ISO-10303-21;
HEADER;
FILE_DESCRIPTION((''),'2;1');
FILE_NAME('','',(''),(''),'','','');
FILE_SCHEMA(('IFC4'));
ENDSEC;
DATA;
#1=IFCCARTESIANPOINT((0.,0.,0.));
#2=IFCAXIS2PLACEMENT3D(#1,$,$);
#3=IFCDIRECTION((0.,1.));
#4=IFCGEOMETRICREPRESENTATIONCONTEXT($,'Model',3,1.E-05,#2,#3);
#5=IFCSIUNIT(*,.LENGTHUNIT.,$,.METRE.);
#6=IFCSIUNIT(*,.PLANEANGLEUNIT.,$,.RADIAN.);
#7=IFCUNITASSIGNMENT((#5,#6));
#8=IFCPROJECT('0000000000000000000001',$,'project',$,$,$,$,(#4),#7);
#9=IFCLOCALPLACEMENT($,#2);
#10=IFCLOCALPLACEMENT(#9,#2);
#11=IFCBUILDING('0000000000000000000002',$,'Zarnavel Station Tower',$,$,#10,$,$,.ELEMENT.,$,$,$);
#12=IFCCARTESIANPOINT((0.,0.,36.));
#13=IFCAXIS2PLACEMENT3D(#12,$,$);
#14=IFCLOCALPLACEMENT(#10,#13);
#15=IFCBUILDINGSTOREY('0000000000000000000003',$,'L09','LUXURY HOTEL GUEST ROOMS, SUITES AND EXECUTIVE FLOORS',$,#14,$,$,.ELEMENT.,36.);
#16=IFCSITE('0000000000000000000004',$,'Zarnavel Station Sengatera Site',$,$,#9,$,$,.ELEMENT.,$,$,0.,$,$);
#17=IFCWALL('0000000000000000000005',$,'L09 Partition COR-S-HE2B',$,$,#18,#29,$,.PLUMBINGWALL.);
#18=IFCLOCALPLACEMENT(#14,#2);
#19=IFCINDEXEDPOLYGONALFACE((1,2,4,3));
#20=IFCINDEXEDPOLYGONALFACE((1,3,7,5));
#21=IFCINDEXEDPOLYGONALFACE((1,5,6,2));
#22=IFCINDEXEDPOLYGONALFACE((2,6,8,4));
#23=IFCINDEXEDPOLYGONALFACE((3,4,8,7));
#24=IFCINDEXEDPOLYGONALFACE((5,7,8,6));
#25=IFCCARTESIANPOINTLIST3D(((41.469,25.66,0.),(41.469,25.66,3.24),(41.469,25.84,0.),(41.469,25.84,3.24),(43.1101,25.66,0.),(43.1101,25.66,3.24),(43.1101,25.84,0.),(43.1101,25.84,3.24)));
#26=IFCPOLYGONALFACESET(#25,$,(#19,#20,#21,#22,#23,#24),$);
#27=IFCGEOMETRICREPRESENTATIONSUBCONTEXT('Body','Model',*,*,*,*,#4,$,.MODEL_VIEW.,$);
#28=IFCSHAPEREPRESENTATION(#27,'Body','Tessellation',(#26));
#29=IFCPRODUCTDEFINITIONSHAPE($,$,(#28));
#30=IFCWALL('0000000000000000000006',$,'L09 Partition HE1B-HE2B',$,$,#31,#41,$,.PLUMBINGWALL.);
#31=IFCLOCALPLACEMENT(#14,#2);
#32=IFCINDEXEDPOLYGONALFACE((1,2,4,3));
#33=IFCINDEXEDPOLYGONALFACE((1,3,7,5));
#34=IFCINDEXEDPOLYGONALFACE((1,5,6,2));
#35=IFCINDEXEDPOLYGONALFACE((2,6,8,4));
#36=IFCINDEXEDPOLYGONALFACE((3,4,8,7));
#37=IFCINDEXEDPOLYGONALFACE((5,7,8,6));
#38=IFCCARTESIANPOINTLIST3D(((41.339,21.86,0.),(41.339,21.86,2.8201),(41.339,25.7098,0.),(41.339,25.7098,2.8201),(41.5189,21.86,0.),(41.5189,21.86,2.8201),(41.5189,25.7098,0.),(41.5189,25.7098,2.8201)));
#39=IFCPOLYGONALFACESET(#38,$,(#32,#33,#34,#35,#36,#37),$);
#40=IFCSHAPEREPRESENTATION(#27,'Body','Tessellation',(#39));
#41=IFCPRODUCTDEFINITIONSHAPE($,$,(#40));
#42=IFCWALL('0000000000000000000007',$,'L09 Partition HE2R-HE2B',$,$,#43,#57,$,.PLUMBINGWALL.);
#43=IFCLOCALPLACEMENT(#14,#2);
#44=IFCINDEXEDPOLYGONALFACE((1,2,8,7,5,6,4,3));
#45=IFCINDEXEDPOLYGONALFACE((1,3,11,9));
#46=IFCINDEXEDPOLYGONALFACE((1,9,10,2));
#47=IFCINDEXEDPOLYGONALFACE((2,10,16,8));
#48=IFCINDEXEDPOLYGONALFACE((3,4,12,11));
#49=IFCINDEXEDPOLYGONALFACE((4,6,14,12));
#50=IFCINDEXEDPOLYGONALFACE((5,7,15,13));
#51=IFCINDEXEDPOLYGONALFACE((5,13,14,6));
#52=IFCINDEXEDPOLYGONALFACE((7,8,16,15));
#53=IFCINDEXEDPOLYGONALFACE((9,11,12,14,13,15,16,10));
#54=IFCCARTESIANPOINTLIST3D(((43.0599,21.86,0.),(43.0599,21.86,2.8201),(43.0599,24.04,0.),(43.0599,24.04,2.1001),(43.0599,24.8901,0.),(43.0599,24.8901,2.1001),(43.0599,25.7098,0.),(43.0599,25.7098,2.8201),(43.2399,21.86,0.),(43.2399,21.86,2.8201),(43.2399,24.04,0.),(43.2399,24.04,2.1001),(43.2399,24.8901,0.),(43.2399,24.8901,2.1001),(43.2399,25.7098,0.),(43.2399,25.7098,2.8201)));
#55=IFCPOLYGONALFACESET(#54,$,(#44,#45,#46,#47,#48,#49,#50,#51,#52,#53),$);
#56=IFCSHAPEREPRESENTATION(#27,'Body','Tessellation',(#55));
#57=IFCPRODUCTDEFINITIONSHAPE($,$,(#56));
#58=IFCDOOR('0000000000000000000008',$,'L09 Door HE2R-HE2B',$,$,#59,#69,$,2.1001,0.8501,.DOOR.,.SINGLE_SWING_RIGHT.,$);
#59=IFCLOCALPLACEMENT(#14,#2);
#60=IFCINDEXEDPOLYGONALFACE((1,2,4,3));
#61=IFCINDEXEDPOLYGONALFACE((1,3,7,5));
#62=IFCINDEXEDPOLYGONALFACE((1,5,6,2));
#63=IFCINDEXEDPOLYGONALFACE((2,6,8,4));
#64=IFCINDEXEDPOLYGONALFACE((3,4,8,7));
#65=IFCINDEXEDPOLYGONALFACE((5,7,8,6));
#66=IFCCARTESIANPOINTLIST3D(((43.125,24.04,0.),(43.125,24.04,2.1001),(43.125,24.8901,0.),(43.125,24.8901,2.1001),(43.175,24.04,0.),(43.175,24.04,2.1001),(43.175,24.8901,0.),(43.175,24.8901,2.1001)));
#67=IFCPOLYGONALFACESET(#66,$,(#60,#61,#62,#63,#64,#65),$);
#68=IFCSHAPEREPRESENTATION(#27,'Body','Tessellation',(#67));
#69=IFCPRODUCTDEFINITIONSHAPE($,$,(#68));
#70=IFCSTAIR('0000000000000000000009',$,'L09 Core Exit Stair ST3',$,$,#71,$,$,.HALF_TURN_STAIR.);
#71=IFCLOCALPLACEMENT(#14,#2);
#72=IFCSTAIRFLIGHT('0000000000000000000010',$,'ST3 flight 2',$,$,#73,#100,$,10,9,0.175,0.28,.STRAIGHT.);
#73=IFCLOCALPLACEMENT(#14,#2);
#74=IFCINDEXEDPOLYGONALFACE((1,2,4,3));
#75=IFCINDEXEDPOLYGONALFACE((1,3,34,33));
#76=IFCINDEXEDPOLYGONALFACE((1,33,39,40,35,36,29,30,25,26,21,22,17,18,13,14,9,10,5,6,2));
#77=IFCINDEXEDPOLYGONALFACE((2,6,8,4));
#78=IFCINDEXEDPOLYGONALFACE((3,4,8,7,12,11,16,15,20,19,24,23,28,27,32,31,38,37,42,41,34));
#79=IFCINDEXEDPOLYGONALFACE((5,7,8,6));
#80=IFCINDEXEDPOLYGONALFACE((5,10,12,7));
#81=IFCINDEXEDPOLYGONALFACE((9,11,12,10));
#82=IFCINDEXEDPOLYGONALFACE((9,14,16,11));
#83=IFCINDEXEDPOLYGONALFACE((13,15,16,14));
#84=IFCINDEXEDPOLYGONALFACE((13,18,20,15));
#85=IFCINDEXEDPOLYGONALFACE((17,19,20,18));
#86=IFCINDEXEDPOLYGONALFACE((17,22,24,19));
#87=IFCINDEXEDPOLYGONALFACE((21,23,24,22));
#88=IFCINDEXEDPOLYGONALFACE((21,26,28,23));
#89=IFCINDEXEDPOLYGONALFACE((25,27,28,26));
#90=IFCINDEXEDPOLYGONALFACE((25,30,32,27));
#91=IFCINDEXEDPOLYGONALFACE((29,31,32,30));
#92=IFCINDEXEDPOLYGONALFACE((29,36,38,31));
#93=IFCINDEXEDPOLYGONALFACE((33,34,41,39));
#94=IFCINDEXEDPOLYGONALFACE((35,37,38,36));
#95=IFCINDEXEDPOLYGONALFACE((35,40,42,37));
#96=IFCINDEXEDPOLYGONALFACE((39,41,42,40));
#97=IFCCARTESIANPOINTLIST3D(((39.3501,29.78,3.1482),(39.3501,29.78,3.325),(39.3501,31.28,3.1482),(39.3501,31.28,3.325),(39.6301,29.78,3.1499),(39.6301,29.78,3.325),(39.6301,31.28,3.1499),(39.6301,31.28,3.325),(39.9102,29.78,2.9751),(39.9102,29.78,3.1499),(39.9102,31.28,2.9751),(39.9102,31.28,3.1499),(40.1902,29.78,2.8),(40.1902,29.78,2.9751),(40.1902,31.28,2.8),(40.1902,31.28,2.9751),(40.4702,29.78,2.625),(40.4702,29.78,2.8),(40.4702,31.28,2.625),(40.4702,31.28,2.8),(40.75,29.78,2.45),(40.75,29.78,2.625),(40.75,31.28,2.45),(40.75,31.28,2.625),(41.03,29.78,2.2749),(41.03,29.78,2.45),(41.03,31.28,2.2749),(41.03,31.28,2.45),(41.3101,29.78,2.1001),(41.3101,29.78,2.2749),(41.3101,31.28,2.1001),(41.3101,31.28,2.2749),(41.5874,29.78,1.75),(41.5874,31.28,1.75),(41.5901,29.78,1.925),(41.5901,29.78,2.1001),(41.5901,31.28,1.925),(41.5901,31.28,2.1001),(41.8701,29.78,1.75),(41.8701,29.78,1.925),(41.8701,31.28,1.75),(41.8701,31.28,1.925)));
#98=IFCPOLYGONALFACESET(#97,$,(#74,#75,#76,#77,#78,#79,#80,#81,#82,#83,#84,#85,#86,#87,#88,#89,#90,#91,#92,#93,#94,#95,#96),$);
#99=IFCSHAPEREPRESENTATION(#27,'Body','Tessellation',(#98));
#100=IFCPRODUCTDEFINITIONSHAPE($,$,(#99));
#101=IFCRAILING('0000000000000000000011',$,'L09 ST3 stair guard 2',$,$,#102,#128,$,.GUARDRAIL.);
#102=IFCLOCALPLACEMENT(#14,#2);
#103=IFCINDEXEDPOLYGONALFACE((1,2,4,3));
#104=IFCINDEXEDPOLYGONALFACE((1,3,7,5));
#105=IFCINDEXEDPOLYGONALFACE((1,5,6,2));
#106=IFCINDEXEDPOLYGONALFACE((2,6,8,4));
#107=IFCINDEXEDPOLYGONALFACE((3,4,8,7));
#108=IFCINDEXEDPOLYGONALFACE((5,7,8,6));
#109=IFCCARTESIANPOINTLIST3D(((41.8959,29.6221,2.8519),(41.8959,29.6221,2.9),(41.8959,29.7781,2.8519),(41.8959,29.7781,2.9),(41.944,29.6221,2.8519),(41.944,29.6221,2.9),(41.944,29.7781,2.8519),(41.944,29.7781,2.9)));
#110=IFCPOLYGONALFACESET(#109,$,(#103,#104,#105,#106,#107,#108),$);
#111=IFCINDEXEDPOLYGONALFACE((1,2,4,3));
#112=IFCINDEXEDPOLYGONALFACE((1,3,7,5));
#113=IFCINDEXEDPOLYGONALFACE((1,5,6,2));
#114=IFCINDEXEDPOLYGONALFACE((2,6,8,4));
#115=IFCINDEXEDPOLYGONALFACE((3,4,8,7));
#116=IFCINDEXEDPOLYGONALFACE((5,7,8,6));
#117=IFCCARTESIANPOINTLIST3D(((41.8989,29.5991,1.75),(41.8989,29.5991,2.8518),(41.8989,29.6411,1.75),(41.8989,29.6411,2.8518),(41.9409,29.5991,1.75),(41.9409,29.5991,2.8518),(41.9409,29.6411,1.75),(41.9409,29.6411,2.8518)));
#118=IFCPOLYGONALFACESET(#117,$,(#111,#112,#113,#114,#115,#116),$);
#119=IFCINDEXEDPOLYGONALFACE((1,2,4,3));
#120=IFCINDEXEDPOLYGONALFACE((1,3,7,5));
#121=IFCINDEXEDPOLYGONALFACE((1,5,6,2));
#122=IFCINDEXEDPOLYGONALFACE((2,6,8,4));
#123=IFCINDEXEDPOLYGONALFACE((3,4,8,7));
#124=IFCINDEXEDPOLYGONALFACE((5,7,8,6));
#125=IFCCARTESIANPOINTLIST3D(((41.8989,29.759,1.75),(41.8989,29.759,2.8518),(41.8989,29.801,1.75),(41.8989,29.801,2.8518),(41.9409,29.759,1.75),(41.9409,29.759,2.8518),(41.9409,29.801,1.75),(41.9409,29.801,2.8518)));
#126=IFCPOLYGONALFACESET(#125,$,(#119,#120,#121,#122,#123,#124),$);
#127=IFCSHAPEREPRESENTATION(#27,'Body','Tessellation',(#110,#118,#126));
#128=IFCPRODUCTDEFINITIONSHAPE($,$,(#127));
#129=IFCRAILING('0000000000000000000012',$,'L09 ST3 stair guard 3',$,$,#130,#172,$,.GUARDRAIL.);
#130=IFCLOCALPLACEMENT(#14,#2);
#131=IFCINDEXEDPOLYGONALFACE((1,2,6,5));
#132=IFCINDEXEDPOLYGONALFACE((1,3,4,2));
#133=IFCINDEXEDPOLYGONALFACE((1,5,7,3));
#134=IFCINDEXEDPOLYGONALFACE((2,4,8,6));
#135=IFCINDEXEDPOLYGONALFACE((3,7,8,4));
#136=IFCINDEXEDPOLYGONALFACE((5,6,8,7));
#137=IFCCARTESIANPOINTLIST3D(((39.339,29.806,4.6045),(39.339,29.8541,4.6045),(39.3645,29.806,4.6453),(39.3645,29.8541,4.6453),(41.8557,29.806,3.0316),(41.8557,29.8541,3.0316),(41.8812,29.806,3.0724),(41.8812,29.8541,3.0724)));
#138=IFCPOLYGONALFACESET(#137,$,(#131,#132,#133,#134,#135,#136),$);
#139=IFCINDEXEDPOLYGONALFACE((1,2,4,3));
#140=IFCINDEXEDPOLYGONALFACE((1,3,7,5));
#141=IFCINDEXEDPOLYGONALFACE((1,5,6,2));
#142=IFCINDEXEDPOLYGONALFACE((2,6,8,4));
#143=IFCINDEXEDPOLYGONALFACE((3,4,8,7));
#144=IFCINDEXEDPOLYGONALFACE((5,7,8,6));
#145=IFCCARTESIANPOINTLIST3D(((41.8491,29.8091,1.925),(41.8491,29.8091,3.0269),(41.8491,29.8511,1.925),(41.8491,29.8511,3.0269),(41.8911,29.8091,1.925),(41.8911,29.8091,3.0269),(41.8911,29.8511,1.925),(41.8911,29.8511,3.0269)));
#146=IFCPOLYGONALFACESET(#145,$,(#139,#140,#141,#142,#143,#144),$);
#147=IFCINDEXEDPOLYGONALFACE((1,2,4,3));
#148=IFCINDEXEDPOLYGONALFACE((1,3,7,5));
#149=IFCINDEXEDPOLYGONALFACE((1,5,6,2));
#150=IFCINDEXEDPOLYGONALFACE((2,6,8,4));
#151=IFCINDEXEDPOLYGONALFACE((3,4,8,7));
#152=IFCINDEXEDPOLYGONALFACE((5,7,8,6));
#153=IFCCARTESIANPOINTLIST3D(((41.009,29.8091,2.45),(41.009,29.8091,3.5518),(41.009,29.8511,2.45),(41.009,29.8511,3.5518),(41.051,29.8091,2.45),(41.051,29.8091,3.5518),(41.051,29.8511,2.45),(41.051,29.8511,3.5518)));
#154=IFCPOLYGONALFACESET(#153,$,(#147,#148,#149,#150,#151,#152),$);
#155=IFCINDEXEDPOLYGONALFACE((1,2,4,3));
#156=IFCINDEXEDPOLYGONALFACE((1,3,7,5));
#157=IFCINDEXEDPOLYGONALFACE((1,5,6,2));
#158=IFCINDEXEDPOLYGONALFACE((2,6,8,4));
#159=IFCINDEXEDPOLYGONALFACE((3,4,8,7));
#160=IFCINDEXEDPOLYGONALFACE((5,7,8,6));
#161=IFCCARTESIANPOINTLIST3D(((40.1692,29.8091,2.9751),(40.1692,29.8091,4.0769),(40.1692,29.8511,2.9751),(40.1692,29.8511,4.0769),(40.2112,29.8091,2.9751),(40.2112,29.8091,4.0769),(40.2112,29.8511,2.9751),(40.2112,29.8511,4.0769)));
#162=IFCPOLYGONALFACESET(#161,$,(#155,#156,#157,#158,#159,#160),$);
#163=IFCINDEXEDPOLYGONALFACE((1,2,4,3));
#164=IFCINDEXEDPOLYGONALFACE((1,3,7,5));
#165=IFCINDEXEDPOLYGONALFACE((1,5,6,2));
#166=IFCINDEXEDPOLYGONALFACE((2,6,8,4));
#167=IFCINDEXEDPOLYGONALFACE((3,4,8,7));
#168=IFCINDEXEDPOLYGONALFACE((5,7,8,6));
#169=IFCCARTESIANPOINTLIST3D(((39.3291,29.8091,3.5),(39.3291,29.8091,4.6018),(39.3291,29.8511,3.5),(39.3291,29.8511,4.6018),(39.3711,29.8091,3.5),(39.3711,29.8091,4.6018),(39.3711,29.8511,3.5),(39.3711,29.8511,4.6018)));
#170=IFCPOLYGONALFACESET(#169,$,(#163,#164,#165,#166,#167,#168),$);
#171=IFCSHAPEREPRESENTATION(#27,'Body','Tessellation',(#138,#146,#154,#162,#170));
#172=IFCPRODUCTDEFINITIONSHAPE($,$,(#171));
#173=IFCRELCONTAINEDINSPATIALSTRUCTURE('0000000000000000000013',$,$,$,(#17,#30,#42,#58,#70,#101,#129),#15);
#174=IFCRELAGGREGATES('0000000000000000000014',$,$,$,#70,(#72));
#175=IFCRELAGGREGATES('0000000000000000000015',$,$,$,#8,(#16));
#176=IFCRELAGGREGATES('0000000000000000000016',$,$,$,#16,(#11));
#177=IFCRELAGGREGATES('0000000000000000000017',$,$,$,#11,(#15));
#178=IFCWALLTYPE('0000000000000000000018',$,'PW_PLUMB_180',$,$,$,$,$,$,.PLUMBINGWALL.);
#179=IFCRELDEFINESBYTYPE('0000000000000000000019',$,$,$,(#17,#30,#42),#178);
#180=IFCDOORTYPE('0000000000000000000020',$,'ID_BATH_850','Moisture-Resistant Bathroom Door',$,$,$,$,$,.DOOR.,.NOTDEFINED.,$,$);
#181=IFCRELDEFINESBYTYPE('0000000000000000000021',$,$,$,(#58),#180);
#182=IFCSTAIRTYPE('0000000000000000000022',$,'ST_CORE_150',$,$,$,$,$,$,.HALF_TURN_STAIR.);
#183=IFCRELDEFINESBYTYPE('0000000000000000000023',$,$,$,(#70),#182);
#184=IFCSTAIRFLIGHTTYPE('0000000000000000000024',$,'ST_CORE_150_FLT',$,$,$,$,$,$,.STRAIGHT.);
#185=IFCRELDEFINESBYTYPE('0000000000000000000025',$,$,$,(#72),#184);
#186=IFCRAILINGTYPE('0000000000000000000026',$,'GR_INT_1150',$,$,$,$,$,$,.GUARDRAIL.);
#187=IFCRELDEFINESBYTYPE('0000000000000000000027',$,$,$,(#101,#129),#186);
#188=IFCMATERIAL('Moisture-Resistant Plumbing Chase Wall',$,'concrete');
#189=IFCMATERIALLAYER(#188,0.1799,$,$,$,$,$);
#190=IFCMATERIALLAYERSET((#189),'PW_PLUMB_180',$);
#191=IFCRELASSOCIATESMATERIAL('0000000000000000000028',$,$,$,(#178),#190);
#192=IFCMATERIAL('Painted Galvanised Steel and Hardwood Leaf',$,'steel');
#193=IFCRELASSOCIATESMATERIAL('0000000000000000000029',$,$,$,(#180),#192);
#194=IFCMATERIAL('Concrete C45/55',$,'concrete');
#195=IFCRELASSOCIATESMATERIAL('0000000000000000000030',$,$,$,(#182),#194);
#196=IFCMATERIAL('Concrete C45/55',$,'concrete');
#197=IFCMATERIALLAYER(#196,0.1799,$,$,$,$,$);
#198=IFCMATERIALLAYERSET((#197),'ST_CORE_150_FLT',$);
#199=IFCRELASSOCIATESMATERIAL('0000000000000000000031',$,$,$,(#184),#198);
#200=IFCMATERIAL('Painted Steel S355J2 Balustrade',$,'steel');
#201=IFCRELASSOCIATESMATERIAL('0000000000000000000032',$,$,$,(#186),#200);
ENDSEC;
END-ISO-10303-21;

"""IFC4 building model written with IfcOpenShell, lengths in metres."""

from ifc_helpers import new_model, si_unit, direction, frame, frame_2d, origin, origin_2d, place, context, subcontext, project, spatial, polyline, rectangle, outline, extrude, material, layer, layer_set, type_object, element, fill, aggregate, save


model = new_model("IFC4")

# Units and contexts
model_context = context("Model", 3, precision=1e-05, world=origin(), true_north=direction((0.0, 1.0)))
body_context = subcontext(model_context, "Body", "Model", "MODEL_VIEW")
ifc_project = project(units=[si_unit("LENGTHUNIT", "METRE"), si_unit("PLANEANGLEUNIT", "RADIAN")], contexts=[model_context])

# Site, building, storey
site_placement = place(None, origin())
site = spatial("IfcSite", under=ifc_project, at=site_placement, Name="Zarnavel Station Sengatera Site", CompositionType="ELEMENT", RefElevation=0.0)
building_placement = place(site_placement, origin())
building = spatial("IfcBuilding", under=site, at=building_placement, Name="Zarnavel Station Tower", CompositionType="ELEMENT")
storey_placement = place(building_placement, frame((0.0, 0.0, 36.0)))
storey = spatial("IfcBuildingStorey", under=building, at=storey_placement, Name="L09", Description="LUXURY HOTEL GUEST ROOMS, SUITES AND EXECUTIVE FLOORS", CompositionType="ELEMENT", Elevation=36.0)

# Walls
ifc_material_1 = material(Name="Moisture-Resistant Plumbing Chase Wall", Category="concrete")
ifc_layer_1 = layer(ifc_material_1, 0.1799)
ifc_layer_set_1 = layer_set([ifc_layer_1], Name="PW_PLUMB_180")
wall_type_1 = type_object("IfcWallType", Name="PW_PLUMB_180", PredefinedType="PLUMBINGWALL", material=ifc_layer_set_1)
wall_1_placement = place(storey_placement, frame((41.469, 25.75, 0.0), z_axis=(0.0, 0.0, 1.0), x_axis=(1.0, 0.0, 0.0)))
element("IfcWall", 1, at=wall_1_placement, inside=storey, type_object=wall_type_1, Name="L09 Partition COR-S-HE2B", PredefinedType="PLUMBINGWALL", context=body_context, shape_type="SweptSolid", body=[
    extrude(rectangle(XDim=1.6411, YDim=0.1799, at=frame_2d((0.8206, 0.0))), origin(), (0.0, 0.0, 1.0), 3.24),
])
wall_2_placement = place(storey_placement, frame((41.429, 21.8601, 0.0), z_axis=(0.0, 0.0, 1.0), x_axis=(0.0, 1.0, 0.0)))
element("IfcWall", 2, at=wall_2_placement, inside=storey, type_object=wall_type_1, Name="L09 Partition HE1B-HE2B", PredefinedType="PLUMBINGWALL", context=body_context, shape_type="SweptSolid", body=[
    extrude(rectangle(XDim=3.8499, YDim=0.1799, at=frame_2d((1.9248, 0.0))), origin(), (0.0, 0.0, 1.0), 2.8201),
])

# Wall, opening, door
wall_3_placement = place(storey_placement, frame((43.1499, 21.8601, 0.0), z_axis=(0.0, 0.0, 1.0), x_axis=(0.0, 1.0, 0.0)))
wall_3 = element("IfcWall", 3, at=wall_3_placement, inside=storey, type_object=wall_type_1, Name="L09 Partition HE2R-HE2B", PredefinedType="PLUMBINGWALL", context=body_context, shape_type="SweptSolid", body=[
    extrude(rectangle(XDim=3.8499, YDim=0.1799, at=frame_2d((1.9248, 0.0))), origin(), (0.0, 0.0, 1.0), 2.8201),
])
opening_1_placement = place(wall_3_placement, frame((2.1799, 0.0, 0.0)))
opening_1 = element("IfcOpeningElement", 4, at=opening_1_placement, cuts=wall_3, PredefinedType="OPENING", context=body_context, shape_type="SweptSolid", body=[
    extrude(rectangle(XDim=0.8501, YDim=2.1001, at=frame_2d((0.425, 1.05))), frame((0.0, 0.0999, 0.0), z_axis=(0.0, -1.0, 0.0), x_axis=(1.0, 0.0, 0.0)), (0.0, 0.0, 1.0), 0.2),
])
ifc_material_2 = material(Name="Painted Galvanised Steel and Hardwood Leaf", Category="steel")
door_type_1 = type_object("IfcDoorType", Name="ID_BATH_850", Description="Moisture-Resistant Bathroom Door", OperationType="NOTDEFINED", PredefinedType="DOOR", material=ifc_material_2)
door_1_placement = place(opening_1_placement, origin())
door_1 = element("IfcDoor", 5, at=door_1_placement, inside=storey, type_object=door_type_1, Name="L09 Door HE2R-HE2B", OperationType="SINGLE_SWING_RIGHT", OverallHeight=2.1001, OverallWidth=0.8501, PredefinedType="DOOR", context=body_context, shape_type="SweptSolid", body=[
    extrude(rectangle(XDim=0.8501, YDim=2.1001, at=frame_2d((0.425, 1.05))), frame((0.0, 0.0249, 0.0), z_axis=(0.0, -1.0, 0.0), x_axis=(1.0, 0.0, 0.0)), (0.0, 0.0, 1.0), 0.05),
])
fill(opening_1, door_1)

# Stair, stair flight
ifc_material_3 = material(Name="Concrete C45/55", Category="concrete")
stair_type = type_object("IfcStairType", Name="ST_CORE_150", PredefinedType="HALF_TURN_STAIR", material=ifc_material_3)
stair_placement = place(storey_placement, origin())
stair = element("IfcStair", 6, at=stair_placement, inside=storey, type_object=stair_type, Name="L09 Core Exit Stair ST3", PredefinedType="HALF_TURN_STAIR")
ifc_material_4 = material(Name="Concrete C45/55", Category="concrete")
ifc_layer_2 = layer(ifc_material_4, 0.1799)
ifc_layer_set_2 = layer_set([ifc_layer_2], Name="ST_CORE_150_FLT")
stair_flight_type = type_object("IfcStairFlightType", Name="ST_CORE_150_FLT", PredefinedType="STRAIGHT", material=ifc_layer_set_2)
stair_flight_placement = place(storey_placement, frame((41.8701, 30.53, 1.75), z_axis=(0.0, 0.0, 1.0), x_axis=(-1.0, 0.0, 0.0)))
stair_flight = element("IfcStairFlight", 7, at=stair_flight_placement, type_object=stair_flight_type, Name="ST3 flight 2", NumberOfRisers=10, NumberOfTreads=9, PredefinedType="STRAIGHT", RiserHeight=0.175, TreadLength=0.28, context=body_context, shape_type="SweptSolid", body=[
    extrude(outline(polyline([(0.0, 0.0), (0.0, 0.175), (0.28, 0.175), (0.28, 0.3501), (0.5601, 0.3501), (0.5601, 0.5249), (0.8401, 0.5249), (0.8401, 0.7), (1.1201, 0.7), (1.1201, 0.875), (1.3999, 0.875), (1.3999, 1.05), (1.6799, 1.05), (1.6799, 1.2251), (1.96, 1.2251), (1.96, 1.3999), (2.24, 1.3999), (2.24, 1.575), (2.52, 1.575), (2.52, 1.75), (2.52, 1.3982), (0.2827, 0.0), (0.0, 0.0)])), frame((0.0, 0.75, 0.0), z_axis=(0.0, -1.0, 0.0), x_axis=(1.0, 0.0, 0.0)), (0.0, 0.0, 1.0), 1.5),
])
aggregate(stair, [stair_flight])

# Railings
ifc_material_5 = material(Name="Painted Steel S355J2 Balustrade", Category="steel")
railing_type_1 = type_object("IfcRailingType", Name="GR_INT_1150", PredefinedType="GUARDRAIL", material=ifc_material_5)
railing_1_placement = place(storey_placement, frame((41.9199, 29.6201, 1.75)))
element("IfcRailing", 8, at=railing_1_placement, inside=storey, type_object=railing_type_1, Name="L09 ST3 stair guard 2", PredefinedType="GUARDRAIL", context=body_context, shape_type="SweptSolid", body=[
    extrude(rectangle(XDim=0.0481, YDim=0.0481, at=origin_2d()), frame((0.0, 0.002, 1.126), z_axis=(0.0, 1.0, 0.0), x_axis=(-1.0, 0.0, 0.0)), (0.0, 0.0, 1.0), 0.156),
    extrude(rectangle(XDim=0.042, YDim=0.042, at=origin_2d()), origin(), (0.0, 0.0, 1.0), 1.1018),
    extrude(rectangle(XDim=0.042, YDim=0.042, at=origin_2d()), frame((0.0, 0.1599, 0.0)), (0.0, 0.0, 1.0), 1.1018),
])
railing_2_placement = place(storey_placement, frame((41.8701, 29.8301, 1.925)))
element("IfcRailing", 9, at=railing_2_placement, inside=storey, type_object=railing_type_1, Name="L09 ST3 stair guard 3", PredefinedType="GUARDRAIL", context=body_context, shape_type="SweptSolid", body=[
    extrude(rectangle(XDim=0.0481, YDim=0.0481, at=origin_2d()), frame((-0.0017, 0.0, 1.127), z_axis=(-0.848008, 0.0, 0.529984), x_axis=(0.0, -1.0, 0.0)), (0.0, 0.0, 1.0), 2.9678),
    extrude(rectangle(XDim=0.042, YDim=0.042, at=origin_2d()), origin(), (0.0, 0.0, 1.0), 1.1018),
    extrude(rectangle(XDim=0.042, YDim=0.042, at=origin_2d()), frame((-0.8401, 0.0, 0.5249)), (0.0, 0.0, 1.0), 1.1018),
    extrude(rectangle(XDim=0.042, YDim=0.042, at=origin_2d()), frame((-1.6799, 0.0, 1.05)), (0.0, 0.0, 1.0), 1.1018),
    extrude(rectangle(XDim=0.042, YDim=0.042, at=origin_2d()), frame((-2.52, 0.0, 1.575)), (0.0, 0.0, 1.0), 1.1018),
])

save(model, "model.ifc")
